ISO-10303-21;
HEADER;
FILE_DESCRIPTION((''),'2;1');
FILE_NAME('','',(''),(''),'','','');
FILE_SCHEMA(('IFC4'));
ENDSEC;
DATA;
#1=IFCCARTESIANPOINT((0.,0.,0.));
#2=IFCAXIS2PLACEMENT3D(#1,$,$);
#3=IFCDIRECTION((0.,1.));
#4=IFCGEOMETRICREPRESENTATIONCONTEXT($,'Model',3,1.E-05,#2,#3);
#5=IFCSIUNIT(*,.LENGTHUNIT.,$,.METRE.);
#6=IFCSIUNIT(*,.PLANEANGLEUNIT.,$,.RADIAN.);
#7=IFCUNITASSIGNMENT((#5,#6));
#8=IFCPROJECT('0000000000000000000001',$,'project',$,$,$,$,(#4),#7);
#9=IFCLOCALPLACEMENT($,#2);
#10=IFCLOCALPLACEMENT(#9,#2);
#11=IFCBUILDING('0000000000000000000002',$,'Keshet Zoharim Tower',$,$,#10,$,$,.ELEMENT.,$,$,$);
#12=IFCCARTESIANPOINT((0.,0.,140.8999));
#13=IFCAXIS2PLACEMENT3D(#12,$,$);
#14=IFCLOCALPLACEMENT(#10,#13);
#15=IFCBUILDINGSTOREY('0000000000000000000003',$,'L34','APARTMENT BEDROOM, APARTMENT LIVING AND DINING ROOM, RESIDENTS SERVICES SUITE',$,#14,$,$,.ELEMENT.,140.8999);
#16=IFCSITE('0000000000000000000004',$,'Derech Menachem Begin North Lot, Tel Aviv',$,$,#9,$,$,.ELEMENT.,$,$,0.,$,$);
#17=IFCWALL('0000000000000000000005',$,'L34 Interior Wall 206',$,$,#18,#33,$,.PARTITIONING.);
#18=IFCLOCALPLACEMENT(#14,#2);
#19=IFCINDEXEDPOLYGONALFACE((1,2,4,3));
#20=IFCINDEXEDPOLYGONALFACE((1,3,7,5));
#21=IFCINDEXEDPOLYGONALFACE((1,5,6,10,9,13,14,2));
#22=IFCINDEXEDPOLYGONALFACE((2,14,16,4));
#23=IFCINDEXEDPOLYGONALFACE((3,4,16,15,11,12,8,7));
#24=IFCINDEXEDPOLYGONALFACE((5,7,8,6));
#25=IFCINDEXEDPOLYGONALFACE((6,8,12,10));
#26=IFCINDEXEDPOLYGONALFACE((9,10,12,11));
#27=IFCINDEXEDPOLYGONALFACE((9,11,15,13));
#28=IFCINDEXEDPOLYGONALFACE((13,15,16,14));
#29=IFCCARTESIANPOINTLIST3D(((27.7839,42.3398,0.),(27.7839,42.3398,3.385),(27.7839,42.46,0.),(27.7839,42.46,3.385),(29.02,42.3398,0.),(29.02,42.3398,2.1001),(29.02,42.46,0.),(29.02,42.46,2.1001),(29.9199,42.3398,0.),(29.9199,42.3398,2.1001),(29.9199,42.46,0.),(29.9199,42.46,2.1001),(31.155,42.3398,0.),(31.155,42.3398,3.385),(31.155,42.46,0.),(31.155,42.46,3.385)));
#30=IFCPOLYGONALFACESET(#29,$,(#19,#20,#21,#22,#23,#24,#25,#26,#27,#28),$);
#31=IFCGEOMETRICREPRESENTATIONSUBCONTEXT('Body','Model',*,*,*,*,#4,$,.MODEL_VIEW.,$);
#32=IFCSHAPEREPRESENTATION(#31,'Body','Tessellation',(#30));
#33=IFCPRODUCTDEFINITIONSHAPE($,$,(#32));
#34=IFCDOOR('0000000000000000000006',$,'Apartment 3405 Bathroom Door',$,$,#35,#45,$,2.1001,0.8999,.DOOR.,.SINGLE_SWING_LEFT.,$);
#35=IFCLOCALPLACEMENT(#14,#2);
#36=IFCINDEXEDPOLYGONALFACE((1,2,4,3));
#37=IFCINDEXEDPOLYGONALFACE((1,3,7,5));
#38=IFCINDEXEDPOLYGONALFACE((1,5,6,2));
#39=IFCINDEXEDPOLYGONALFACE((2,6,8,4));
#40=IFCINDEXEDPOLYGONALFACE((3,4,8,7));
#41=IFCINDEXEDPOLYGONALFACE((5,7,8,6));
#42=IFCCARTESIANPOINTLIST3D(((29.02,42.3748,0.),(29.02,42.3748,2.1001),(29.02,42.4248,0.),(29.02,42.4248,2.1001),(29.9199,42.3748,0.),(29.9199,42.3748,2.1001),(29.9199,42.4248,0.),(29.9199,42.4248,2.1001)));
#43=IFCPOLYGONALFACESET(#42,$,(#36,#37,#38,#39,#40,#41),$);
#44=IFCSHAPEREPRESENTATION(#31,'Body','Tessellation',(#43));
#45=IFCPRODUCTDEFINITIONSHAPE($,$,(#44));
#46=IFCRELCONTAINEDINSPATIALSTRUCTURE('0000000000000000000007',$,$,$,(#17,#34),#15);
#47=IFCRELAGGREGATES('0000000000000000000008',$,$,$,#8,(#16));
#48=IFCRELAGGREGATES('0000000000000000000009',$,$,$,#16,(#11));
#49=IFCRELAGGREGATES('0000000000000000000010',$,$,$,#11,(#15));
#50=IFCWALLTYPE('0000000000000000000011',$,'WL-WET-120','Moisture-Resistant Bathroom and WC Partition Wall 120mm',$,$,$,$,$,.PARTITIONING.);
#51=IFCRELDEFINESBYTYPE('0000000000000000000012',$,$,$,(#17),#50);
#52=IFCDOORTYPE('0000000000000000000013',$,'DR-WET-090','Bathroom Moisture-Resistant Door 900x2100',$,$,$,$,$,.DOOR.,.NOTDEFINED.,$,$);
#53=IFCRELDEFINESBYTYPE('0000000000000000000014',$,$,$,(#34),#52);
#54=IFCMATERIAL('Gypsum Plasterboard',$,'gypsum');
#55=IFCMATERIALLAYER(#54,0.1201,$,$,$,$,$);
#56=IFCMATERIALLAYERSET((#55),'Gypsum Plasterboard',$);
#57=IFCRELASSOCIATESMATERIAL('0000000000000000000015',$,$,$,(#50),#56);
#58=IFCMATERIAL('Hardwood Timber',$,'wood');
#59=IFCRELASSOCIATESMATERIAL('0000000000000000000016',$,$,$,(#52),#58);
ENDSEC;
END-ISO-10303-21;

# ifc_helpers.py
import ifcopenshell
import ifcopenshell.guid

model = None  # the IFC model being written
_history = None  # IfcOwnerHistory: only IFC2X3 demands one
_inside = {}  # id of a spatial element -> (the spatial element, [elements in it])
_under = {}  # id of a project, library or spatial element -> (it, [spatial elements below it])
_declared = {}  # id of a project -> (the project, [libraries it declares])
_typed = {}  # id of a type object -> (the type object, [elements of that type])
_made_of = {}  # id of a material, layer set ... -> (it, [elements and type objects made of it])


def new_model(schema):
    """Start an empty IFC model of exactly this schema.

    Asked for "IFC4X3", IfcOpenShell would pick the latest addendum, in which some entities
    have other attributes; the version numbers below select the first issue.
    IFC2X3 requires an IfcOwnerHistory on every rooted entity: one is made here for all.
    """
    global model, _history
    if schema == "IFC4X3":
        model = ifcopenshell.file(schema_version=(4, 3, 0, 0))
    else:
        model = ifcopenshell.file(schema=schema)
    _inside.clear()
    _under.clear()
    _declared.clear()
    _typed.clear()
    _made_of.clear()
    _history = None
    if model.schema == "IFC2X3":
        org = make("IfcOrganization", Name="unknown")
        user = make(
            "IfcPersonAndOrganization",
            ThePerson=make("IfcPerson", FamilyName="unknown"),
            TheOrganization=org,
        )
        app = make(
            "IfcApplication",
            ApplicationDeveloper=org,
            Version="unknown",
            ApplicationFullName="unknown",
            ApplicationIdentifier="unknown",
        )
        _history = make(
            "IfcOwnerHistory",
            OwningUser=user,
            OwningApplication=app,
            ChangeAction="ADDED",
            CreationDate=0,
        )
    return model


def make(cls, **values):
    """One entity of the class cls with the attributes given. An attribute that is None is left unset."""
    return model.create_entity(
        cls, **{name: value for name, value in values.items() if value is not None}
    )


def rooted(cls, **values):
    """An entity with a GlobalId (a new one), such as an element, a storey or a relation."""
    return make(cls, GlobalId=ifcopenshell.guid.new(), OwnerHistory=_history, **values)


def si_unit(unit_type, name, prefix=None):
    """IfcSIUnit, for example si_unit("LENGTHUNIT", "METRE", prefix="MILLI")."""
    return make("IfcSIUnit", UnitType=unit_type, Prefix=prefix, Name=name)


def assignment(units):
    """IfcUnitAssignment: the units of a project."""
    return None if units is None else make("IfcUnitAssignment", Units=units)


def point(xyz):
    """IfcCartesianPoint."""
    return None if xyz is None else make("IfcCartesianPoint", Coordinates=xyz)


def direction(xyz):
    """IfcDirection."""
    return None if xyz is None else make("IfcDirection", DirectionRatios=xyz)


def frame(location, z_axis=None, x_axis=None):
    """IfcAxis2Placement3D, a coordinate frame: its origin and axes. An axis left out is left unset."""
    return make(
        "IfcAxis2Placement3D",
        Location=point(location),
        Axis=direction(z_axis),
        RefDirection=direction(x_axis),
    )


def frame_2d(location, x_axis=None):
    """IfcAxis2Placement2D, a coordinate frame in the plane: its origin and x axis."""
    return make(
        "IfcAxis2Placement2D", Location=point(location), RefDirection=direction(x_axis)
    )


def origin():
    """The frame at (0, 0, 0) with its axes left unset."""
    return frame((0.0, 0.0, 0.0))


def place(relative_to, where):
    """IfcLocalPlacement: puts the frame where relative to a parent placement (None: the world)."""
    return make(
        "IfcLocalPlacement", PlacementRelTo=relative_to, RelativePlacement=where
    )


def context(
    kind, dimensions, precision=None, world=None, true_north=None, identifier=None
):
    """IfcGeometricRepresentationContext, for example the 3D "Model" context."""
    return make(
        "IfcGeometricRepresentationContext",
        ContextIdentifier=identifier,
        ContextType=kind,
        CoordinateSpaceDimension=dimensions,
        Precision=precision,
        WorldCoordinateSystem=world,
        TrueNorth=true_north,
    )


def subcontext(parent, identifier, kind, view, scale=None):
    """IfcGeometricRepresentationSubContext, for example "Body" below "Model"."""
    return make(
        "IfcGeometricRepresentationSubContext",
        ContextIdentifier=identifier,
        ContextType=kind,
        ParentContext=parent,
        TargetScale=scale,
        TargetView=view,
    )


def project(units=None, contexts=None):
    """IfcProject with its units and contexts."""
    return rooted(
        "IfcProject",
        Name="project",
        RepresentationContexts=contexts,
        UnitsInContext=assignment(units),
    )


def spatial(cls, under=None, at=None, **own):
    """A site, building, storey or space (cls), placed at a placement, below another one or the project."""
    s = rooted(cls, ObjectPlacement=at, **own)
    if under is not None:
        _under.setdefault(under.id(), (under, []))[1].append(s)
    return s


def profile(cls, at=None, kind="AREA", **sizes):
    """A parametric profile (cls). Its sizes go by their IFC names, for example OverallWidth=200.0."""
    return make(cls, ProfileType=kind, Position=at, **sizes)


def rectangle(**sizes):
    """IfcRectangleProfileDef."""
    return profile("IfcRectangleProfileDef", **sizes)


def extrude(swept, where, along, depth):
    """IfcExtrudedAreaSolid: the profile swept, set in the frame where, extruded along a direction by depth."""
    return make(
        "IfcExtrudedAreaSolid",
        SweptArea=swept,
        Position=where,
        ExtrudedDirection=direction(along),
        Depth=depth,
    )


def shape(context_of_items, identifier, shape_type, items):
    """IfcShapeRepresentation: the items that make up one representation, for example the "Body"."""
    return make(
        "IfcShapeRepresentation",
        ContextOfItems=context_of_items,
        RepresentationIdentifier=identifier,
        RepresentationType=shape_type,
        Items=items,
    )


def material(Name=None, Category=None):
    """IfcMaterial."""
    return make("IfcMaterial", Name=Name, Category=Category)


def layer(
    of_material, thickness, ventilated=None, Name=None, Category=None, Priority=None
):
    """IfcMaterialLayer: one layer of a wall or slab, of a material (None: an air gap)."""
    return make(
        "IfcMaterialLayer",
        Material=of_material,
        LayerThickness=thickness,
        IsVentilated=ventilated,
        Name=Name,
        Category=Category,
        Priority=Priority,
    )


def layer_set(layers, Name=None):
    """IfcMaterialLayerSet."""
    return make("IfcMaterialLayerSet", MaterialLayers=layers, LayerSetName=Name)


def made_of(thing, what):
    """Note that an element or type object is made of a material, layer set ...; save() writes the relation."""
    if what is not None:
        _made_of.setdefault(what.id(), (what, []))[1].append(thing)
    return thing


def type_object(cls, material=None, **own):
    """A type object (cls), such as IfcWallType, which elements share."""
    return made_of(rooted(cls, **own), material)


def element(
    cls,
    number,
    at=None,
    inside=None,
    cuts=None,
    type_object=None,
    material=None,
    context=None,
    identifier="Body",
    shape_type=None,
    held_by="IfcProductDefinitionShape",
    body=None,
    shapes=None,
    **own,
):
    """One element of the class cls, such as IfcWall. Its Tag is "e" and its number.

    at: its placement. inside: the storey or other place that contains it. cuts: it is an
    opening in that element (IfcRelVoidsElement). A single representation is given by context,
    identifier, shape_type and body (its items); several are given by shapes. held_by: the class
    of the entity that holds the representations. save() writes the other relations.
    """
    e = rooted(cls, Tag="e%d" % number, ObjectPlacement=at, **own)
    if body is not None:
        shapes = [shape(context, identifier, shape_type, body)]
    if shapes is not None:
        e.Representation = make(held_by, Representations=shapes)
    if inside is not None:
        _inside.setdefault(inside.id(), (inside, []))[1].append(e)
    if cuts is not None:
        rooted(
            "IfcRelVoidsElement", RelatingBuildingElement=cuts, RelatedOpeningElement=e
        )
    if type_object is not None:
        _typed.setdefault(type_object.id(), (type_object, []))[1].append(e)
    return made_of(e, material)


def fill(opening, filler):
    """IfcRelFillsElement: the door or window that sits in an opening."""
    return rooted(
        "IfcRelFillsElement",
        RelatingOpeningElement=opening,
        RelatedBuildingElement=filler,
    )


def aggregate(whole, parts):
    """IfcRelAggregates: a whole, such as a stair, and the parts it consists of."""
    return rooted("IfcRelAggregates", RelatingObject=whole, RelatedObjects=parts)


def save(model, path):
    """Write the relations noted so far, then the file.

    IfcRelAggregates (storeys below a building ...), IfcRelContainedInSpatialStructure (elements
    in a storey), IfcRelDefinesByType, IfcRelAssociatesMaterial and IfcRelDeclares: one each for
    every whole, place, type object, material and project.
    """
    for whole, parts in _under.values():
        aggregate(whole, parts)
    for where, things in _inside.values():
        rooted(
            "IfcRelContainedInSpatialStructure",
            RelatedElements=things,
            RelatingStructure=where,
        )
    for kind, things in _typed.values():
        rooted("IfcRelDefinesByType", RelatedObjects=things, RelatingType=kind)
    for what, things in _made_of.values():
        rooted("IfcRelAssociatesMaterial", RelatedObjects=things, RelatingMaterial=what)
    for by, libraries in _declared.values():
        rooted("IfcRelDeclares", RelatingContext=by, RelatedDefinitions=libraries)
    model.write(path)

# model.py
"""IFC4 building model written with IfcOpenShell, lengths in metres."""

from ifc_helpers import new_model, si_unit, direction, frame, frame_2d, origin, place, context, subcontext, project, spatial, rectangle, extrude, material, layer, layer_set, type_object, element, fill, save


model = new_model("IFC4")

# Units and contexts
model_context = context("Model", 3, precision=1e-05, world=origin(), true_north=direction((0.0, 1.0)))
body_context = subcontext(model_context, "Body", "Model", "MODEL_VIEW")
ifc_project = project(units=[si_unit("LENGTHUNIT", "METRE"), si_unit("PLANEANGLEUNIT", "RADIAN")], contexts=[model_context])

# Site, building, storey
site_placement = place(None, origin())
site = spatial("IfcSite", under=ifc_project, at=site_placement, Name="Derech Menachem Begin North Lot, Tel Aviv", CompositionType="ELEMENT", RefElevation=0.0)
building_placement = place(site_placement, origin())
building = spatial("IfcBuilding", under=site, at=building_placement, Name="Keshet Zoharim Tower", CompositionType="ELEMENT")
storey_placement = place(building_placement, frame((0.0, 0.0, 140.8999)))
storey = spatial("IfcBuildingStorey", under=building, at=storey_placement, Name="L34", Description="APARTMENT BEDROOM, APARTMENT LIVING AND DINING ROOM, RESIDENTS SERVICES SUITE", CompositionType="ELEMENT", Elevation=140.8999)

# Shared definitions
ifc_material_1 = material(Name="Gypsum Plasterboard", Category="gypsum")

# Shared definitions
ifc_material_2 = material(Name="Hardwood Timber", Category="wood")

# Shared definitions
ifc_layer_1 = layer(ifc_material_1, 0.1201)
ifc_layer_set_1 = layer_set([ifc_layer_1], Name="Gypsum Plasterboard")
wall_type_1 = type_object("IfcWallType", Name="WL-WET-120", Description="Moisture-Resistant Bathroom and WC Partition Wall 120mm", PredefinedType="PARTITIONING", material=ifc_layer_set_1)

# Wall, opening, door
wall_1_placement = place(storey_placement, frame((27.7839, 42.3999, 0.0), z_axis=(0.0, 0.0, 1.0), x_axis=(1.0, 0.0, 0.0)))
wall_1 = element("IfcWall", 1, at=wall_1_placement, inside=storey, type_object=wall_type_1, Name="L34 Interior Wall 206", PredefinedType="PARTITIONING", context=body_context, shape_type="SweptSolid", body=[
    extrude(rectangle(XDim=3.3711, YDim=0.1201, at=frame_2d((1.6855, 0.0))), origin(), (0.0, 0.0, 1.0), 3.385),
])
opening_1_placement = place(wall_1_placement, frame((1.2361, 0.0, 0.0)))
opening_1 = element("IfcOpeningElement", 2, at=opening_1_placement, cuts=wall_1, PredefinedType="OPENING", context=body_context, shape_type="SweptSolid", body=[
    extrude(rectangle(XDim=0.8999, YDim=2.1001, at=frame_2d((0.45, 1.05))), frame((0.0, 0.0701, 0.0), z_axis=(0.0, -1.0, 0.0), x_axis=(1.0, 0.0, 0.0)), (0.0, 0.0, 1.0), 0.1401),
])
door_type_1 = type_object("IfcDoorType", Name="DR-WET-090", Description="Bathroom Moisture-Resistant Door 900x2100", OperationType="NOTDEFINED", PredefinedType="DOOR", material=ifc_material_2)
door_1_placement = place(opening_1_placement, origin())
door_1 = element("IfcDoor", 3, at=door_1_placement, inside=storey, type_object=door_type_1, Name="Apartment 3405 Bathroom Door", OperationType="SINGLE_SWING_LEFT", OverallHeight=2.1001, OverallWidth=0.8999, PredefinedType="DOOR", context=body_context, shape_type="SweptSolid", body=[
    extrude(rectangle(XDim=0.8999, YDim=2.1001, at=frame_2d((0.45, 1.05))), frame((0.0, 0.0249, 0.0), z_axis=(0.0, -1.0, 0.0), x_axis=(1.0, 0.0, 0.0)), (0.0, 0.0, 1.0), 0.05),
])
fill(opening_1, door_1)

save(model, "model.ifc")
